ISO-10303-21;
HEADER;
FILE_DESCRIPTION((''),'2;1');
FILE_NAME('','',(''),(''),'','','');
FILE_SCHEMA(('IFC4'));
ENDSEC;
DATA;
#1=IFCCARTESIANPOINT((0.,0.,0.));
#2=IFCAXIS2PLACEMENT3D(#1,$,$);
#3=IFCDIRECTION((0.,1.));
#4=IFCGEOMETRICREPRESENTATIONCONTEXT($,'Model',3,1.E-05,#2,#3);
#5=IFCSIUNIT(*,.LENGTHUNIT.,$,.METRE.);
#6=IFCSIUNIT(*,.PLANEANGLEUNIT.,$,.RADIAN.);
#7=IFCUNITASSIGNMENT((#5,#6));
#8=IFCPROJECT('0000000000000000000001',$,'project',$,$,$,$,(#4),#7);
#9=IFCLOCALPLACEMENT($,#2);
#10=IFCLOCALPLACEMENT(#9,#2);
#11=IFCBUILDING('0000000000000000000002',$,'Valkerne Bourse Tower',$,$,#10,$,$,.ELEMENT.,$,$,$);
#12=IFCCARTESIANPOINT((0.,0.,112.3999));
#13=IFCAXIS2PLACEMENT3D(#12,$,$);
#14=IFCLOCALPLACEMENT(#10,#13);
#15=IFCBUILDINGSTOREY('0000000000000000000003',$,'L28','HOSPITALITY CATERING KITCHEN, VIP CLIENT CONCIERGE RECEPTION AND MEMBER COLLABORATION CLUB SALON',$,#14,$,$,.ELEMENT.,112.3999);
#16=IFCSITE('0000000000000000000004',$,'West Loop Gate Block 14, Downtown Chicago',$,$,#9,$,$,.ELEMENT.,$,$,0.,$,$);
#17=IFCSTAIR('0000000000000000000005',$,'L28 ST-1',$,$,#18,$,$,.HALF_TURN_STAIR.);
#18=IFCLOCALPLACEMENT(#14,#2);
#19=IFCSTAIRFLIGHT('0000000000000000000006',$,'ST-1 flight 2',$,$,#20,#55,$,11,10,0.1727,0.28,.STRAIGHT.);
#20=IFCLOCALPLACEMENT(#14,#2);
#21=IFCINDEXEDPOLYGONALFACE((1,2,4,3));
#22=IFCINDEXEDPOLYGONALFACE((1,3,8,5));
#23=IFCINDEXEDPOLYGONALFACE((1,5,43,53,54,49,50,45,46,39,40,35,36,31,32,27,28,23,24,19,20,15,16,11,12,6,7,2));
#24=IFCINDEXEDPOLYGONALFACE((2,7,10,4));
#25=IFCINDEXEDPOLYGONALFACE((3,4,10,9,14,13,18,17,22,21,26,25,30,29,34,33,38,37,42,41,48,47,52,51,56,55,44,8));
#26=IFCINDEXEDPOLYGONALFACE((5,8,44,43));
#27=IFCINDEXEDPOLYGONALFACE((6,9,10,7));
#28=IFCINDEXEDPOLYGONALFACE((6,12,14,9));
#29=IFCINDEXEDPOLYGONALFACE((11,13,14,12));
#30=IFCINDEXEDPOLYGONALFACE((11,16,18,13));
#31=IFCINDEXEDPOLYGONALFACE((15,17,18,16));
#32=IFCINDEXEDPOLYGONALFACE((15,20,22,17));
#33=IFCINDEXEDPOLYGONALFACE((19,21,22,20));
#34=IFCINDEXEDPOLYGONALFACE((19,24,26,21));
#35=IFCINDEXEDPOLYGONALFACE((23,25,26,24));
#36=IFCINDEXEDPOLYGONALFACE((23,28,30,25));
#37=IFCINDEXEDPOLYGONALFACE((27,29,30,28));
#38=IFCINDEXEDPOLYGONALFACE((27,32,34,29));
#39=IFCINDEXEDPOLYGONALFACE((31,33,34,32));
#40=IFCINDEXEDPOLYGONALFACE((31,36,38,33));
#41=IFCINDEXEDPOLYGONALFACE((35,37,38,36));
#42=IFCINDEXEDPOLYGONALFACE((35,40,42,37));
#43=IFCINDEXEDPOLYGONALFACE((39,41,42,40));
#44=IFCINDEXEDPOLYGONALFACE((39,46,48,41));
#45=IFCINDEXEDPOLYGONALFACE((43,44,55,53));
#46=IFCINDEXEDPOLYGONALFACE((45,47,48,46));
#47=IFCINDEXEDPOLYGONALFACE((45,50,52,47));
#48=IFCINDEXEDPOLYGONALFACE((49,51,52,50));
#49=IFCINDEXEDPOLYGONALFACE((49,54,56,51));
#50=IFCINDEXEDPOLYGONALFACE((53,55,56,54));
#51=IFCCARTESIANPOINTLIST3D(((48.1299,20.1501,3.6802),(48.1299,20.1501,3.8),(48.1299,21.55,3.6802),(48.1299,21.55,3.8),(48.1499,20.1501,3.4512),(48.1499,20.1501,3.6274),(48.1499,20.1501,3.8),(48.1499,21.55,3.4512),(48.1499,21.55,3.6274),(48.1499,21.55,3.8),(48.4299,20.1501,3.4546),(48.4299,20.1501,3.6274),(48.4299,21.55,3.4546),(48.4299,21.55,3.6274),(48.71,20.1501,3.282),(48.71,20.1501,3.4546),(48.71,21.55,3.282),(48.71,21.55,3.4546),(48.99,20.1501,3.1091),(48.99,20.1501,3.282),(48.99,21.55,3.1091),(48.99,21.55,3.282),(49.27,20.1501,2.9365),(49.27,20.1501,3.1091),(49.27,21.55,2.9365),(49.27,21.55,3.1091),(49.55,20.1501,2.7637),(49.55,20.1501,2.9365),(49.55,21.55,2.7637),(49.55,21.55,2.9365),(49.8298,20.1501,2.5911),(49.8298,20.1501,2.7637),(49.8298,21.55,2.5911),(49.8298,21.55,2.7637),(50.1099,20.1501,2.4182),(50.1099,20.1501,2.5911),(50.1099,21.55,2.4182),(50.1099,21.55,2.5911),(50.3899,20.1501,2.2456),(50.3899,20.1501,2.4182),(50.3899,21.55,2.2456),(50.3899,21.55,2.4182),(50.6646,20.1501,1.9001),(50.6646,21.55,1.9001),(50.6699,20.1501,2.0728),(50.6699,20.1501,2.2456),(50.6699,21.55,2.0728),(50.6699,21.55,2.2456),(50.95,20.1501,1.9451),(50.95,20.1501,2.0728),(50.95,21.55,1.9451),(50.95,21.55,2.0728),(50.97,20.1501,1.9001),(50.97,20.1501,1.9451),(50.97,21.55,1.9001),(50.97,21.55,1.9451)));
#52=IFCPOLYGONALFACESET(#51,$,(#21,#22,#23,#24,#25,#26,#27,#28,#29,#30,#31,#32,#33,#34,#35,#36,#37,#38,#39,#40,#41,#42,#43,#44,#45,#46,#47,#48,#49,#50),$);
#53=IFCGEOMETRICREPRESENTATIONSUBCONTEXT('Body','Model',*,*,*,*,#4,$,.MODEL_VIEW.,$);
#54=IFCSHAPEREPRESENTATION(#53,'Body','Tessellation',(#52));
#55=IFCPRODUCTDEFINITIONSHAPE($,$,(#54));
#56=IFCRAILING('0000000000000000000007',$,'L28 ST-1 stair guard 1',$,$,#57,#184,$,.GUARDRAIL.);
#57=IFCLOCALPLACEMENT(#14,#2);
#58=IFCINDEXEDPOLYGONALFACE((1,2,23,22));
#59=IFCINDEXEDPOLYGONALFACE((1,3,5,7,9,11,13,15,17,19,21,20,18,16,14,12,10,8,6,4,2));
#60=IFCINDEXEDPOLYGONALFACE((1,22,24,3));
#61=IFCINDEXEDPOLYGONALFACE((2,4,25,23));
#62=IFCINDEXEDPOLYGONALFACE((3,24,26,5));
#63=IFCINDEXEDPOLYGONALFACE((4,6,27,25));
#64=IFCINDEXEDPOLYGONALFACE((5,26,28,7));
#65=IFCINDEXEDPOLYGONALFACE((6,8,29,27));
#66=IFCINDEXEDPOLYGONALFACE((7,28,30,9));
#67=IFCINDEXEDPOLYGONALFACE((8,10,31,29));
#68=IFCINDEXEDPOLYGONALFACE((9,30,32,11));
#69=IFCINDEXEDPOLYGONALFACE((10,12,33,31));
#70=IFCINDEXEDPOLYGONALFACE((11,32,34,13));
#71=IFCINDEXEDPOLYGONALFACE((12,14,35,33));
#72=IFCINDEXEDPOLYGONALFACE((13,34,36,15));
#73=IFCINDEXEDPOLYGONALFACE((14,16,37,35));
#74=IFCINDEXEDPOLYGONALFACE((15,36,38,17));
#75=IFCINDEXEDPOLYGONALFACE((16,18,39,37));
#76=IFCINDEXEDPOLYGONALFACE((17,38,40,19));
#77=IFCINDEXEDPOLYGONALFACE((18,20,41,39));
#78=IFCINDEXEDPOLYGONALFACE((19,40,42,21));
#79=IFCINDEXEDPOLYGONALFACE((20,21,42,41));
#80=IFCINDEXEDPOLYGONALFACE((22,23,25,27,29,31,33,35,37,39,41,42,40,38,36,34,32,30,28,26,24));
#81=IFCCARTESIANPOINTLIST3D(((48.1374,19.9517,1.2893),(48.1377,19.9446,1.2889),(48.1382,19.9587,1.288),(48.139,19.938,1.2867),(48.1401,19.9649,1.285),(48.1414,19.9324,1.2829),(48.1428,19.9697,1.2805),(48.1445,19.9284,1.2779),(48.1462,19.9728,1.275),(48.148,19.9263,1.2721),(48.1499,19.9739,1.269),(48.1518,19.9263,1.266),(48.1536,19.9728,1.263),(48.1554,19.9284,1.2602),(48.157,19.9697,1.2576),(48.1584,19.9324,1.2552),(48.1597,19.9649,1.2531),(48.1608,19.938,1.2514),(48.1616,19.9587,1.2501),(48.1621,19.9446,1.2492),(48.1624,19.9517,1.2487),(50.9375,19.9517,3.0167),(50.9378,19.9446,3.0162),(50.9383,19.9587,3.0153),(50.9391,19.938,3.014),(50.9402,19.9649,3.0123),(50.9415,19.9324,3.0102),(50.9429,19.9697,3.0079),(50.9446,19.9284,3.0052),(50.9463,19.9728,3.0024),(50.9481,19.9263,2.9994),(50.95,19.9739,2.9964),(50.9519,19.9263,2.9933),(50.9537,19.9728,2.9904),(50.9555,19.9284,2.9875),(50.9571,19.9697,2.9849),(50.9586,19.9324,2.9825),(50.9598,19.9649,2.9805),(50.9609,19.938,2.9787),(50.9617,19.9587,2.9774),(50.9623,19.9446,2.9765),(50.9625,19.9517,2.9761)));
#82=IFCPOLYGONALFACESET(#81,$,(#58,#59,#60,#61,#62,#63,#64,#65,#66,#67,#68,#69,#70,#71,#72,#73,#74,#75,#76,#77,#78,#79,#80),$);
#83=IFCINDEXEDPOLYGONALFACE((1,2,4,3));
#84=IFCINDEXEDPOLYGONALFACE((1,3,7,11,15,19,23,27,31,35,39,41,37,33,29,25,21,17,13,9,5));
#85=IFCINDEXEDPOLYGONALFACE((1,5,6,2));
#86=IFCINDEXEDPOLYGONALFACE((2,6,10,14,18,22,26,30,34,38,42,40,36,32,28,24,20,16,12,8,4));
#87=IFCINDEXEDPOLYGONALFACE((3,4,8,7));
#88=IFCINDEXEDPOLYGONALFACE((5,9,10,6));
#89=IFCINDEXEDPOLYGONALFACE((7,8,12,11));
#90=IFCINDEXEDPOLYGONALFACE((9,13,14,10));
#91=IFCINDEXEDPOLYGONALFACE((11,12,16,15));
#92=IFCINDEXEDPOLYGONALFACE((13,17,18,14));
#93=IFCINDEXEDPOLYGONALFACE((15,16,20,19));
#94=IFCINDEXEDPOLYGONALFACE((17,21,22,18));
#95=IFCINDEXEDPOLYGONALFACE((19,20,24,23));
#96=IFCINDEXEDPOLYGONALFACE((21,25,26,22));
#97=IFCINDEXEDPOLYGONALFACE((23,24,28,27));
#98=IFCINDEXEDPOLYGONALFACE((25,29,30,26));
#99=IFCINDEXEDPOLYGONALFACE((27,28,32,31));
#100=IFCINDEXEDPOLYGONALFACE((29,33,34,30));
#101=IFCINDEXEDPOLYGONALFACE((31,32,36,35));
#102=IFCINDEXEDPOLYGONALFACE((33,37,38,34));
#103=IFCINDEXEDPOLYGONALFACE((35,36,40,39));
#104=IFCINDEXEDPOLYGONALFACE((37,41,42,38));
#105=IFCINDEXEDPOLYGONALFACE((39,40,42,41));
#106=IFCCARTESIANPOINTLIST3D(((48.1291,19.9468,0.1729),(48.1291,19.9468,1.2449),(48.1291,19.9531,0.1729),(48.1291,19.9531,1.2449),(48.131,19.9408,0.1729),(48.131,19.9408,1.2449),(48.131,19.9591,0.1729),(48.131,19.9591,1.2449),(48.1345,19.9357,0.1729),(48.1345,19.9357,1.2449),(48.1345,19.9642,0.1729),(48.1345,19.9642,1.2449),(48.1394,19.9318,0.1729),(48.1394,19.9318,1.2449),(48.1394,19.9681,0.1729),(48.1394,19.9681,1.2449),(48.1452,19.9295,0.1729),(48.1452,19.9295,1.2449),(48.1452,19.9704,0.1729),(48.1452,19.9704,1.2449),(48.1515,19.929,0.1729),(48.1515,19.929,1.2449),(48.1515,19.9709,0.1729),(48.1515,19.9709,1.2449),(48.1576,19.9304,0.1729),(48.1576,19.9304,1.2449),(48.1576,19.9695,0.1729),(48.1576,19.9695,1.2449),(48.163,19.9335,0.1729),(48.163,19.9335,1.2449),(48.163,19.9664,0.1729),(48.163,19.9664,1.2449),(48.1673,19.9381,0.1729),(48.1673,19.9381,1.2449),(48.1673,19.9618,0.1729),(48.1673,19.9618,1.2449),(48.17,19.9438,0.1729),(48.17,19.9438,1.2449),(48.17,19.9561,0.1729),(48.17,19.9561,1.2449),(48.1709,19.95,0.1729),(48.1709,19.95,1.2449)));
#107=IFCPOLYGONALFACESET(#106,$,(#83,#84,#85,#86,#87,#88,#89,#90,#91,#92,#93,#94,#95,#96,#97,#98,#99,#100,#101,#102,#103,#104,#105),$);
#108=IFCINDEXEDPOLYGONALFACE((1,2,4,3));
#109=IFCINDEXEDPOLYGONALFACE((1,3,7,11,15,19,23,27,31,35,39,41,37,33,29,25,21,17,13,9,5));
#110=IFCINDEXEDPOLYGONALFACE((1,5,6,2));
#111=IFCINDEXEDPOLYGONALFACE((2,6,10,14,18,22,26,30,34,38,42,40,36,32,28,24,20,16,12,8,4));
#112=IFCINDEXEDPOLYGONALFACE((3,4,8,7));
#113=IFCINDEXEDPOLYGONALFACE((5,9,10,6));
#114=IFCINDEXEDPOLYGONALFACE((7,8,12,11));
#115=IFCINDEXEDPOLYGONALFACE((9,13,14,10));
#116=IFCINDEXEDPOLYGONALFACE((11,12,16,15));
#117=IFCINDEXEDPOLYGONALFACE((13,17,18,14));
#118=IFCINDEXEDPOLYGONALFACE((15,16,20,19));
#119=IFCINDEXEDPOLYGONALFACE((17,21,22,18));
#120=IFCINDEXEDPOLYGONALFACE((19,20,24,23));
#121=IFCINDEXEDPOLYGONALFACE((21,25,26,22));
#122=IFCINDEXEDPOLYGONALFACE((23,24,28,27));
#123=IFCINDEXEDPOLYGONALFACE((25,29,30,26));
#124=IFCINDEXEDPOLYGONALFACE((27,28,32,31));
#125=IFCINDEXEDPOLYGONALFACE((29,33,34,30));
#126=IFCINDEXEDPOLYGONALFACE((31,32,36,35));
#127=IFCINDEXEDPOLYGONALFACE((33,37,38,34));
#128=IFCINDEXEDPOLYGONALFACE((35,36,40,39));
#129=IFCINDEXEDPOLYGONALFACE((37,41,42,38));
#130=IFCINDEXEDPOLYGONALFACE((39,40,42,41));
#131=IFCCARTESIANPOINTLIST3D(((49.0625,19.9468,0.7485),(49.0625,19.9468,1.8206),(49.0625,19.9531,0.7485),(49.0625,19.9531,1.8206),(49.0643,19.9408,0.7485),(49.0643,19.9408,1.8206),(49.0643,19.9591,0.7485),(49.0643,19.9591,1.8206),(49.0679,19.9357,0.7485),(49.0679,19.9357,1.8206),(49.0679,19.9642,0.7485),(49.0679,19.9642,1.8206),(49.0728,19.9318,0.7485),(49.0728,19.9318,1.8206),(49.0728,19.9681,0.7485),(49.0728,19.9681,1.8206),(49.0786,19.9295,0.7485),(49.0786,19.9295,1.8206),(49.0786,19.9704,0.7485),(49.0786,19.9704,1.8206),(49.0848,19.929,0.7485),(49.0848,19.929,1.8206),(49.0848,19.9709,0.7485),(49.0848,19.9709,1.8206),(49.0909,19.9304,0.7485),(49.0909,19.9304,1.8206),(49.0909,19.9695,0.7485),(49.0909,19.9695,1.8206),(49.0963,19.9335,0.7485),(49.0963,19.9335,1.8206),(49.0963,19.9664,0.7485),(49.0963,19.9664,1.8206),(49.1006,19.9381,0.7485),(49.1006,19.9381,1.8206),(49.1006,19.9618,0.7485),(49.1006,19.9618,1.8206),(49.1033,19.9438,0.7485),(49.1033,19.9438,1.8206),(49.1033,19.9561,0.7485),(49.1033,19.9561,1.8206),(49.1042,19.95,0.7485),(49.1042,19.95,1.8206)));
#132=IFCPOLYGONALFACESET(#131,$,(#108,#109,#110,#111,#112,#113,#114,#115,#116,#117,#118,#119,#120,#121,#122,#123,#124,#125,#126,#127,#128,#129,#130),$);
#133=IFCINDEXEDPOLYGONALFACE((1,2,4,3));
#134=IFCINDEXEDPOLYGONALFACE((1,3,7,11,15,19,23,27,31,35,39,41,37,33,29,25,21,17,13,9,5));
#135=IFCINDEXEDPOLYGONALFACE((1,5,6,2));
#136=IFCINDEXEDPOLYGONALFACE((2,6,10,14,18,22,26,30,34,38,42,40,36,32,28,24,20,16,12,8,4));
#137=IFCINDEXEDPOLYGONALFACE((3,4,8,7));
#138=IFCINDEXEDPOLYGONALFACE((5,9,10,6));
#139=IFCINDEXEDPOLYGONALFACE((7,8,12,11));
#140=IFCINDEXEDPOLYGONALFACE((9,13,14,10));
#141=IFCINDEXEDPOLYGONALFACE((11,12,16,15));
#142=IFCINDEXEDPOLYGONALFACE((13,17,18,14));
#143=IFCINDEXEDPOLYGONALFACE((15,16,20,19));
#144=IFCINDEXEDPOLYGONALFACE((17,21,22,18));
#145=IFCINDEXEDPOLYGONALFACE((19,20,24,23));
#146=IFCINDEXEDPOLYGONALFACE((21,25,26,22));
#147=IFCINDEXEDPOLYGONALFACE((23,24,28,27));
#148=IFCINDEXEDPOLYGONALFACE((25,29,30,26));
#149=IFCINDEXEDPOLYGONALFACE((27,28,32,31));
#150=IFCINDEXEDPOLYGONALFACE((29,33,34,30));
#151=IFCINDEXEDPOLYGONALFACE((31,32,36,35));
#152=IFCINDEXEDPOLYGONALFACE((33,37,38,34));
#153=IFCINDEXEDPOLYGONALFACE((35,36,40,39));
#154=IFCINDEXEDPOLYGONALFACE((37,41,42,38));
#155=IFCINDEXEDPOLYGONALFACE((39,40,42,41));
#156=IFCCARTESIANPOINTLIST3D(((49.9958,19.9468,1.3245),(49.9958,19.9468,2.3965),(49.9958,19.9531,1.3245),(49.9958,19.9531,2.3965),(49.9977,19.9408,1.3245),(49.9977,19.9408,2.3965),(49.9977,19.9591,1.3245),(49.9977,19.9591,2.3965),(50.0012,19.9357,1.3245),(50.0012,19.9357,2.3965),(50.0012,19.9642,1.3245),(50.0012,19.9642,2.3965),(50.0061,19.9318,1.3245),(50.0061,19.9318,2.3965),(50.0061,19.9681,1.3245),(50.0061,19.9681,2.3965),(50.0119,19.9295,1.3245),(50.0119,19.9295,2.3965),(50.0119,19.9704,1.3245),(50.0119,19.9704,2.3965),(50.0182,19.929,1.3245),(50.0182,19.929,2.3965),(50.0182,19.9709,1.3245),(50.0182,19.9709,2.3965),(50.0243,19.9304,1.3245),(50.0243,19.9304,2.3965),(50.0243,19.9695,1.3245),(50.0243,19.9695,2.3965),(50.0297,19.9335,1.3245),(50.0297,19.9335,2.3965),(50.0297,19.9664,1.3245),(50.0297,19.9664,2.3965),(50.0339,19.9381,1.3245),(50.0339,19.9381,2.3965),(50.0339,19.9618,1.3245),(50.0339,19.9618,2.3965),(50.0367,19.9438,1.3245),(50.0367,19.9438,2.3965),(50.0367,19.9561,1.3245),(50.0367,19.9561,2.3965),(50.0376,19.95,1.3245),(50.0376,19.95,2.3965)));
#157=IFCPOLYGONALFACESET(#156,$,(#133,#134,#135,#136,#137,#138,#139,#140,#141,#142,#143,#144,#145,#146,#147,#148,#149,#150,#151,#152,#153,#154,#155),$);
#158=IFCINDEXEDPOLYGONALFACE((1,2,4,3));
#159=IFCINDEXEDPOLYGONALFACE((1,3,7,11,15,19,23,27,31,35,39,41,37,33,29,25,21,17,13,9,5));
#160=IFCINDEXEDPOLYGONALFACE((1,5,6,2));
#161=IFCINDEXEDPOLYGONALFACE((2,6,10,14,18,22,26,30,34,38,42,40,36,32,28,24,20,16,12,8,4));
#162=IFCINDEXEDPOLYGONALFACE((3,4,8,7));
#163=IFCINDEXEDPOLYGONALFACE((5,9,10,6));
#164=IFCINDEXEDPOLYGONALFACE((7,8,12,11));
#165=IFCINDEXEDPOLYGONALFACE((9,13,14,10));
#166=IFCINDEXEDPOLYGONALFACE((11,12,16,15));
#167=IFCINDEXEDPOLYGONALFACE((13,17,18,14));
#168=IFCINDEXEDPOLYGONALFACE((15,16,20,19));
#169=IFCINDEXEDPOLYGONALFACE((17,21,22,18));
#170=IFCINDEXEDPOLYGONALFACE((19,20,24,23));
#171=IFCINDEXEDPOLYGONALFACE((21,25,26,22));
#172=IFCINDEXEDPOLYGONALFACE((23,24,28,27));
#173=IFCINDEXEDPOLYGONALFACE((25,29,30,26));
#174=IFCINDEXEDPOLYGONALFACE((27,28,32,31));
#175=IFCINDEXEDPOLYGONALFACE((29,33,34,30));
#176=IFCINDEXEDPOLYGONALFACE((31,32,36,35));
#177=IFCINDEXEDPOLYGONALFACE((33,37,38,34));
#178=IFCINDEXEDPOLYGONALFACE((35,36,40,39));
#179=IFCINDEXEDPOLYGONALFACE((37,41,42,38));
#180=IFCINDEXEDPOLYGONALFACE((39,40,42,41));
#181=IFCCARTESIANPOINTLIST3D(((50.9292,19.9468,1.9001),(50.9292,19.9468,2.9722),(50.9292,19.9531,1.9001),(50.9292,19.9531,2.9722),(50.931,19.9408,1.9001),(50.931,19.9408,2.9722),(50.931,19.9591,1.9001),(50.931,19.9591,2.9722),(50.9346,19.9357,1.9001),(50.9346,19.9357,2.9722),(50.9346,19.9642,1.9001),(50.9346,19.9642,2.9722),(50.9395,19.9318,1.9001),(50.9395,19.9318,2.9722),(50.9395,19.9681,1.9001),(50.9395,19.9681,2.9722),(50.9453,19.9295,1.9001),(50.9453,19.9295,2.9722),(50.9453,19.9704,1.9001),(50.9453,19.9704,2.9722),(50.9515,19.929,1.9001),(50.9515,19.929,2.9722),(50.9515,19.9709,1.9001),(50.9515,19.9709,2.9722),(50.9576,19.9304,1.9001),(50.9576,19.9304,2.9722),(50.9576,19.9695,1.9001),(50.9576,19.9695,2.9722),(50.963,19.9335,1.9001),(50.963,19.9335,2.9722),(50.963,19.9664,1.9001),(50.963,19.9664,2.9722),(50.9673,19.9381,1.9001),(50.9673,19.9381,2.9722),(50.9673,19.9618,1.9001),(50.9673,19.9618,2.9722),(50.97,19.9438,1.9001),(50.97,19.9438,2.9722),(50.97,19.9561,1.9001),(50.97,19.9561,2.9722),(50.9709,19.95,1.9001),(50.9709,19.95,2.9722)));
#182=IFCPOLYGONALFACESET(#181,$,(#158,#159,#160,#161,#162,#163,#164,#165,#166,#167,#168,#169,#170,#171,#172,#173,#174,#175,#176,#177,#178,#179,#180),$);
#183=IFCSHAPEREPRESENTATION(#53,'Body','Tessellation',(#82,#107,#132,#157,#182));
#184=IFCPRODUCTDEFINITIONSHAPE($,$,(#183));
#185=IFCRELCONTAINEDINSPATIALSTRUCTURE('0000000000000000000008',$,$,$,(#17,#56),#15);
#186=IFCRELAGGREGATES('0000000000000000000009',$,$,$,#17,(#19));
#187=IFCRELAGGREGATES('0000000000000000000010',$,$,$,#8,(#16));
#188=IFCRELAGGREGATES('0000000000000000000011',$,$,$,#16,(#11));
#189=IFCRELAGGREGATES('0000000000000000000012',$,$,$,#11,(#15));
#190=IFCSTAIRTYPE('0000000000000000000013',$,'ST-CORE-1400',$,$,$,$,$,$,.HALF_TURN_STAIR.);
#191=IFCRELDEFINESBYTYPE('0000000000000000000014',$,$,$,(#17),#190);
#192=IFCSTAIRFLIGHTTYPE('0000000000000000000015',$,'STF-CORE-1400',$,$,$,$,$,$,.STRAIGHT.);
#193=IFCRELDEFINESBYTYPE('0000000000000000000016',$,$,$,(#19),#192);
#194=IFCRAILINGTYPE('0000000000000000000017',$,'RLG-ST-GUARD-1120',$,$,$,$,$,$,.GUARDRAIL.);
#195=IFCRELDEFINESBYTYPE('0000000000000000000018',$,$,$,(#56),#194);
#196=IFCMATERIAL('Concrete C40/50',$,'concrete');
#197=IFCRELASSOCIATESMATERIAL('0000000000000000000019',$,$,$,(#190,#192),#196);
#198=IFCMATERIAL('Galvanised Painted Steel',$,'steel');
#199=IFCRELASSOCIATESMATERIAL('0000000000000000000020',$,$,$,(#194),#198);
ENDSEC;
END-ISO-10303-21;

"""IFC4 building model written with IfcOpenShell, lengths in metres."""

from ifc_helpers import new_model, si_unit, direction, frame, origin, origin_2d, place, context, subcontext, project, spatial, polyline, circle, outline, extrude, material, type_object, element, aggregate, save


model = new_model("IFC4")

# Units and contexts
model_context = context("Model", 3, precision=1e-05, world=origin(), true_north=direction((0.0, 1.0)))
body_context = subcontext(model_context, "Body", "Model", "MODEL_VIEW")
ifc_project = project(units=[si_unit("LENGTHUNIT", "METRE"), si_unit("PLANEANGLEUNIT", "RADIAN")], contexts=[model_context])

# Site, building, storey
site_placement = place(None, origin())
site = spatial("IfcSite", under=ifc_project, at=site_placement, Name="West Loop Gate Block 14, Downtown Chicago", CompositionType="ELEMENT", RefElevation=0.0)
building_placement = place(site_placement, origin())
building = spatial("IfcBuilding", under=site, at=building_placement, Name="Valkerne Bourse Tower", CompositionType="ELEMENT")
storey_placement = place(building_placement, frame((0.0, 0.0, 112.3999)))
storey = spatial("IfcBuildingStorey", under=building, at=storey_placement, Name="L28", Description="HOSPITALITY CATERING KITCHEN, VIP CLIENT CONCIERGE RECEPTION AND MEMBER COLLABORATION CLUB SALON", CompositionType="ELEMENT", Elevation=112.3999)

# Shared definitions
ifc_material_1 = material(Name="Galvanised Painted Steel", Category="steel")

# Stair, stair flight
ifc_material_2 = material(Name="Concrete C40/50", Category="concrete")
stair_type = type_object("IfcStairType", Name="ST-CORE-1400", PredefinedType="HALF_TURN_STAIR", material=ifc_material_2)
stair_placement = place(storey_placement, origin())
stair = element("IfcStair", 1, at=stair_placement, inside=storey, type_object=stair_type, Name="L28 ST-1", PredefinedType="HALF_TURN_STAIR")
stair_flight_type = type_object("IfcStairFlightType", Name="STF-CORE-1400", PredefinedType="STRAIGHT", material=ifc_material_2)
stair_flight_1_placement = place(storey_placement, frame((50.95, 20.8501, 1.9001), z_axis=(0.0, 0.0, 1.0), x_axis=(-1.0, 0.0, 0.0)))
stair_flight_1 = element("IfcStairFlight", 2, at=stair_flight_1_placement, type_object=stair_flight_type, Name="ST-1 flight 2", NumberOfRisers=11, NumberOfTreads=10, PredefinedType="STRAIGHT", RiserHeight=0.1727, TreadLength=0.28, context=body_context, shape_type="SweptSolid", body=[
    extrude(outline(polyline([(-0.02, 0.0), (-0.02, 0.0449), (0.0, 0.0449), (0.0, 0.1726), (0.28, 0.1726), (0.28, 0.3455), (0.5601, 0.3455), (0.5601, 0.5181), (0.8401, 0.5181), (0.8401, 0.6909), (1.1201, 0.6909), (1.1201, 0.8635), (1.3999, 0.8635), (1.3999, 1.0364), (1.6799, 1.0364), (1.6799, 1.209), (1.96, 1.209), (1.96, 1.3818), (2.24, 1.3818), (2.24, 1.5544), (2.52, 1.5544), (2.52, 1.7273), (2.8, 1.7273), (2.8, 1.8999), (2.8201, 1.8999), (2.8201, 1.78), (2.8, 1.551), (0.2854, 0.0), (-0.02, 0.0)])), frame((0.0, 0.7, 0.0), z_axis=(0.0, -1.0, 0.0), x_axis=(1.0, 0.0, 0.0)), (0.0, 0.0, 1.0), 1.3999),
])
aggregate(stair, [stair_flight_1])

# Railing
railing_type_1 = type_object("IfcRailingType", Name="RLG-ST-GUARD-1120", PredefinedType="GUARDRAIL", material=ifc_material_1)
railing_1_placement = place(storey_placement, frame((48.1499, 19.95, 0.1729)))
element("IfcRailing", 3, at=railing_1_placement, inside=storey, type_object=railing_type_1, Name="L28 ST-1 stair guard 1", PredefinedType="GUARDRAIL", context=body_context, shape_type="SweptSolid", body=[
    extrude(circle(Radius=0.0239, at=origin_2d()), frame((0.0, 0.0, 1.0962), z_axis=(0.85109, 0.0, 0.52502), x_axis=(0.0, 1.0, 0.0)), (0.0, 0.0, 1.0), 3.29),
    extrude(circle(Radius=0.021, at=origin_2d()), origin(), (0.0, 0.0, 1.0), 1.072),
    extrude(circle(Radius=0.021, at=origin_2d()), frame((0.9333, 0.0, 0.5757)), (0.0, 0.0, 1.0), 1.072),
    extrude(circle(Radius=0.021, at=origin_2d()), frame((1.8667, 0.0, 1.1516)), (0.0, 0.0, 1.0), 1.072),
    extrude(circle(Radius=0.021, at=origin_2d()), frame((2.8, 0.0, 1.7273)), (0.0, 0.0, 1.0), 1.072),
])

save(model, "model.ifc")
